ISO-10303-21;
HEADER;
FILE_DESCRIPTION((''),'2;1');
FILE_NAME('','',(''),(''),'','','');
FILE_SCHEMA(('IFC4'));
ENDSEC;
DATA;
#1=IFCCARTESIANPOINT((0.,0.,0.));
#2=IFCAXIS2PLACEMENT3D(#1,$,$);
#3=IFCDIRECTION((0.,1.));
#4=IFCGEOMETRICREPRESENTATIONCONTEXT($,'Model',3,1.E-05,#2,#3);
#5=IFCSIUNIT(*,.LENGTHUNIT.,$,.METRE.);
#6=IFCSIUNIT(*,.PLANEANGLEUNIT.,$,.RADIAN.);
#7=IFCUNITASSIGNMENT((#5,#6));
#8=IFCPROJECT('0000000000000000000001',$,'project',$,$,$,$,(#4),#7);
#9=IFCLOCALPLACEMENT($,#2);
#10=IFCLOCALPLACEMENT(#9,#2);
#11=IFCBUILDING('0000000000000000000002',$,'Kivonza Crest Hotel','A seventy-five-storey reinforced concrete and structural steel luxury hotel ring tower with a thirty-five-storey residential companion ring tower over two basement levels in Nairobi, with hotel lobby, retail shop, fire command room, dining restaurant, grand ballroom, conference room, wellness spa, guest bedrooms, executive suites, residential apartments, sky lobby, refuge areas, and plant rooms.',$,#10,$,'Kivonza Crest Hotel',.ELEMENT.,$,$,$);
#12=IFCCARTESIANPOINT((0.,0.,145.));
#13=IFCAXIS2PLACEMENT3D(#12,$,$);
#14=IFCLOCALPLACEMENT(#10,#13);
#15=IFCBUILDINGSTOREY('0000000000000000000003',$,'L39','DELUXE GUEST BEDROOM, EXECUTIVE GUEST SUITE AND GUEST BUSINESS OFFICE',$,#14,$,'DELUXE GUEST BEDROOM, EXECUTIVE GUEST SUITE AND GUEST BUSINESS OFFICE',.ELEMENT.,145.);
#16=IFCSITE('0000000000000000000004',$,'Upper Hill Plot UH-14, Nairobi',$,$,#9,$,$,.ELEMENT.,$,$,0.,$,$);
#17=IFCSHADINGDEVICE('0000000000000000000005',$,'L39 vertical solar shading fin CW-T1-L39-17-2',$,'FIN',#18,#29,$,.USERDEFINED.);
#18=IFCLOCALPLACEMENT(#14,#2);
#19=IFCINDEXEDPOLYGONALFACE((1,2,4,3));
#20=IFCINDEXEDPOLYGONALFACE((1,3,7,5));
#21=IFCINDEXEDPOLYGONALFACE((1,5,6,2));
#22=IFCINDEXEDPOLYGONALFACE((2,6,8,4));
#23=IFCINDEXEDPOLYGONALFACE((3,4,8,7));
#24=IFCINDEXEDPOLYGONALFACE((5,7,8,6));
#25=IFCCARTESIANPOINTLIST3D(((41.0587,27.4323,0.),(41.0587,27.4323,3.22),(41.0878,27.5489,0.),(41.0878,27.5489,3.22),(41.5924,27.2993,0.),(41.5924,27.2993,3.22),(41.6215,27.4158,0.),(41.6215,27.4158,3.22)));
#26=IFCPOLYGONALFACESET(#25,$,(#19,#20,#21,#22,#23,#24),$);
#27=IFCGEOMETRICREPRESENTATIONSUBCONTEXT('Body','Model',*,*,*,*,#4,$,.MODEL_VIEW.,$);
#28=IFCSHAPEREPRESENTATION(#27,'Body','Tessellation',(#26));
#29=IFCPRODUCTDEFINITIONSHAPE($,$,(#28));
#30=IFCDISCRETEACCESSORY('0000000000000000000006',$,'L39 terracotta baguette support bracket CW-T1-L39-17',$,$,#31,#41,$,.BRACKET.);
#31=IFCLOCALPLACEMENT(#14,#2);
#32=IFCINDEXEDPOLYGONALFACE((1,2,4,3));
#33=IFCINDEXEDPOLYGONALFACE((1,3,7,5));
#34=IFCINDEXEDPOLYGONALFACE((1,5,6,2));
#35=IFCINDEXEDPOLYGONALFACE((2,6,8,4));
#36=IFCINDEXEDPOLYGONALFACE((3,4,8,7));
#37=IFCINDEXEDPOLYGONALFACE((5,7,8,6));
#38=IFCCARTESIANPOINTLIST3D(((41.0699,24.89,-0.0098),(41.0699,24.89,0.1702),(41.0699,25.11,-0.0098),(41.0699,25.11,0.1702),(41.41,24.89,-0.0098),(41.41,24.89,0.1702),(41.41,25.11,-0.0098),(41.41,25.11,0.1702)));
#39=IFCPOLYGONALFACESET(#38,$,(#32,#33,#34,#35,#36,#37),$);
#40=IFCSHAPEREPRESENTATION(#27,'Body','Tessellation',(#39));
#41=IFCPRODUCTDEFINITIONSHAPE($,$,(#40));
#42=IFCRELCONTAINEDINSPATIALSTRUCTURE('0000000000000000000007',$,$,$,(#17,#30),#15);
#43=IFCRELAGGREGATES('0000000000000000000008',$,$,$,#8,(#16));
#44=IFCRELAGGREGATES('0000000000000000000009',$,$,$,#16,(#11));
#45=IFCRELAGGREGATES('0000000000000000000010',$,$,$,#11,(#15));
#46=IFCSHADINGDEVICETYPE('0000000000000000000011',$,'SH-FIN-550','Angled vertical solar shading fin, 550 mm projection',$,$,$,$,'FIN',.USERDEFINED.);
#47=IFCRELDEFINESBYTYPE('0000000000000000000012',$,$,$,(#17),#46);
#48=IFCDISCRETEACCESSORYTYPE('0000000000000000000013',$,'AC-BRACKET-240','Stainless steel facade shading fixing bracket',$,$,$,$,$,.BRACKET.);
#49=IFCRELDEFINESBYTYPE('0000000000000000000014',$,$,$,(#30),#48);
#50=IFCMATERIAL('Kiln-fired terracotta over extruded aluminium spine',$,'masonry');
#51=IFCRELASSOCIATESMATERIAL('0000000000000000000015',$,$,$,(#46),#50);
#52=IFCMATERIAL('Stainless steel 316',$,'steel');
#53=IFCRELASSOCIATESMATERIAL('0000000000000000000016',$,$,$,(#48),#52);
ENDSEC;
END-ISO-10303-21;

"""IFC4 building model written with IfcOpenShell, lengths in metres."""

from ifc_helpers import new_model, si_unit, direction, frame, origin, origin_2d, place, context, subcontext, project, spatial, rectangle, extrude, material, type_object, element, save


model = new_model("IFC4")

# Units and contexts
model_context = context("Model", 3, precision=1e-05, world=origin(), true_north=direction((0.0, 1.0)))
body_context = subcontext(model_context, "Body", "Model", "MODEL_VIEW")
ifc_project = project(units=[si_unit("LENGTHUNIT", "METRE"), si_unit("PLANEANGLEUNIT", "RADIAN")], contexts=[model_context])

# Site, building, storey
site_placement = place(None, origin())
site = spatial("IfcSite", under=ifc_project, at=site_placement, Name="Upper Hill Plot UH-14, Nairobi", CompositionType="ELEMENT", RefElevation=0.0)
building_placement = place(site_placement, origin())
building = spatial("IfcBuilding", under=site, at=building_placement, Name="Kivonza Crest Hotel", Description="A seventy-five-storey reinforced concrete and structural steel luxury hotel ring tower with a thirty-five-storey residential companion ring tower over two basement levels in Nairobi, with hotel lobby, retail shop, fire command room, dining restaurant, grand ballroom, conference room, wellness spa, guest bedrooms, executive suites, residential apartments, sky lobby, refuge areas, and plant rooms.", LongName="Kivonza Crest Hotel", CompositionType="ELEMENT")
storey_placement = place(building_placement, frame((0.0, 0.0, 145.0)))
storey = spatial("IfcBuildingStorey", under=building, at=storey_placement, Name="L39", Description="DELUXE GUEST BEDROOM, EXECUTIVE GUEST SUITE AND GUEST BUSINESS OFFICE", LongName="DELUXE GUEST BEDROOM, EXECUTIVE GUEST SUITE AND GUEST BUSINESS OFFICE", CompositionType="ELEMENT", Elevation=145.0)

# Shading device
ifc_material_1 = material(Name="Kiln-fired terracotta over extruded aluminium spine", Category="masonry")
shading_device_type_1 = type_object("IfcShadingDeviceType", Name="SH-FIN-550", Description="Angled vertical solar shading fin, 550 mm projection", ElementType="FIN", PredefinedType="USERDEFINED", material=ifc_material_1)
shading_device_1_placement = place(storey_placement, frame((41.3401, 27.4241, 0.0), z_axis=(0.0, 0.0, 1.0), x_axis=(0.241922, 0.970296, 0.0)))
element("IfcShadingDevice", 1, at=shading_device_1_placement, inside=storey, type_object=shading_device_type_1, Name="L39 vertical solar shading fin CW-T1-L39-17-2", ObjectType="FIN", PredefinedType="USERDEFINED", context=body_context, shape_type="SweptSolid", body=[
    extrude(rectangle(XDim=0.1201, YDim=0.55, at=origin_2d()), origin(), (0.0, 0.0, 1.0), 3.22),
])

# Discrete accessory
ifc_material_2 = material(Name="Stainless steel 316", Category="steel")
discrete_accessory_type = type_object("IfcDiscreteAccessoryType", Name="AC-BRACKET-240", Description="Stainless steel facade shading fixing bracket", PredefinedType="BRACKET", material=ifc_material_2)
discrete_accessory_placement = place(storey_placement, frame((41.24, 25.0, -0.0098), z_axis=(0.0, 0.0, 1.0), x_axis=(0.0, 1.0, 0.0)))
element("IfcDiscreteAccessory", 2, at=discrete_accessory_placement, inside=storey, type_object=discrete_accessory_type, Name="L39 terracotta baguette support bracket CW-T1-L39-17", PredefinedType="BRACKET", context=body_context, shape_type="SweptSolid", body=[
    extrude(rectangle(XDim=0.22, YDim=0.3401, at=origin_2d()), origin(), (0.0, 0.0, 1.0), 0.1799),
])

save(model, "model.ifc")
